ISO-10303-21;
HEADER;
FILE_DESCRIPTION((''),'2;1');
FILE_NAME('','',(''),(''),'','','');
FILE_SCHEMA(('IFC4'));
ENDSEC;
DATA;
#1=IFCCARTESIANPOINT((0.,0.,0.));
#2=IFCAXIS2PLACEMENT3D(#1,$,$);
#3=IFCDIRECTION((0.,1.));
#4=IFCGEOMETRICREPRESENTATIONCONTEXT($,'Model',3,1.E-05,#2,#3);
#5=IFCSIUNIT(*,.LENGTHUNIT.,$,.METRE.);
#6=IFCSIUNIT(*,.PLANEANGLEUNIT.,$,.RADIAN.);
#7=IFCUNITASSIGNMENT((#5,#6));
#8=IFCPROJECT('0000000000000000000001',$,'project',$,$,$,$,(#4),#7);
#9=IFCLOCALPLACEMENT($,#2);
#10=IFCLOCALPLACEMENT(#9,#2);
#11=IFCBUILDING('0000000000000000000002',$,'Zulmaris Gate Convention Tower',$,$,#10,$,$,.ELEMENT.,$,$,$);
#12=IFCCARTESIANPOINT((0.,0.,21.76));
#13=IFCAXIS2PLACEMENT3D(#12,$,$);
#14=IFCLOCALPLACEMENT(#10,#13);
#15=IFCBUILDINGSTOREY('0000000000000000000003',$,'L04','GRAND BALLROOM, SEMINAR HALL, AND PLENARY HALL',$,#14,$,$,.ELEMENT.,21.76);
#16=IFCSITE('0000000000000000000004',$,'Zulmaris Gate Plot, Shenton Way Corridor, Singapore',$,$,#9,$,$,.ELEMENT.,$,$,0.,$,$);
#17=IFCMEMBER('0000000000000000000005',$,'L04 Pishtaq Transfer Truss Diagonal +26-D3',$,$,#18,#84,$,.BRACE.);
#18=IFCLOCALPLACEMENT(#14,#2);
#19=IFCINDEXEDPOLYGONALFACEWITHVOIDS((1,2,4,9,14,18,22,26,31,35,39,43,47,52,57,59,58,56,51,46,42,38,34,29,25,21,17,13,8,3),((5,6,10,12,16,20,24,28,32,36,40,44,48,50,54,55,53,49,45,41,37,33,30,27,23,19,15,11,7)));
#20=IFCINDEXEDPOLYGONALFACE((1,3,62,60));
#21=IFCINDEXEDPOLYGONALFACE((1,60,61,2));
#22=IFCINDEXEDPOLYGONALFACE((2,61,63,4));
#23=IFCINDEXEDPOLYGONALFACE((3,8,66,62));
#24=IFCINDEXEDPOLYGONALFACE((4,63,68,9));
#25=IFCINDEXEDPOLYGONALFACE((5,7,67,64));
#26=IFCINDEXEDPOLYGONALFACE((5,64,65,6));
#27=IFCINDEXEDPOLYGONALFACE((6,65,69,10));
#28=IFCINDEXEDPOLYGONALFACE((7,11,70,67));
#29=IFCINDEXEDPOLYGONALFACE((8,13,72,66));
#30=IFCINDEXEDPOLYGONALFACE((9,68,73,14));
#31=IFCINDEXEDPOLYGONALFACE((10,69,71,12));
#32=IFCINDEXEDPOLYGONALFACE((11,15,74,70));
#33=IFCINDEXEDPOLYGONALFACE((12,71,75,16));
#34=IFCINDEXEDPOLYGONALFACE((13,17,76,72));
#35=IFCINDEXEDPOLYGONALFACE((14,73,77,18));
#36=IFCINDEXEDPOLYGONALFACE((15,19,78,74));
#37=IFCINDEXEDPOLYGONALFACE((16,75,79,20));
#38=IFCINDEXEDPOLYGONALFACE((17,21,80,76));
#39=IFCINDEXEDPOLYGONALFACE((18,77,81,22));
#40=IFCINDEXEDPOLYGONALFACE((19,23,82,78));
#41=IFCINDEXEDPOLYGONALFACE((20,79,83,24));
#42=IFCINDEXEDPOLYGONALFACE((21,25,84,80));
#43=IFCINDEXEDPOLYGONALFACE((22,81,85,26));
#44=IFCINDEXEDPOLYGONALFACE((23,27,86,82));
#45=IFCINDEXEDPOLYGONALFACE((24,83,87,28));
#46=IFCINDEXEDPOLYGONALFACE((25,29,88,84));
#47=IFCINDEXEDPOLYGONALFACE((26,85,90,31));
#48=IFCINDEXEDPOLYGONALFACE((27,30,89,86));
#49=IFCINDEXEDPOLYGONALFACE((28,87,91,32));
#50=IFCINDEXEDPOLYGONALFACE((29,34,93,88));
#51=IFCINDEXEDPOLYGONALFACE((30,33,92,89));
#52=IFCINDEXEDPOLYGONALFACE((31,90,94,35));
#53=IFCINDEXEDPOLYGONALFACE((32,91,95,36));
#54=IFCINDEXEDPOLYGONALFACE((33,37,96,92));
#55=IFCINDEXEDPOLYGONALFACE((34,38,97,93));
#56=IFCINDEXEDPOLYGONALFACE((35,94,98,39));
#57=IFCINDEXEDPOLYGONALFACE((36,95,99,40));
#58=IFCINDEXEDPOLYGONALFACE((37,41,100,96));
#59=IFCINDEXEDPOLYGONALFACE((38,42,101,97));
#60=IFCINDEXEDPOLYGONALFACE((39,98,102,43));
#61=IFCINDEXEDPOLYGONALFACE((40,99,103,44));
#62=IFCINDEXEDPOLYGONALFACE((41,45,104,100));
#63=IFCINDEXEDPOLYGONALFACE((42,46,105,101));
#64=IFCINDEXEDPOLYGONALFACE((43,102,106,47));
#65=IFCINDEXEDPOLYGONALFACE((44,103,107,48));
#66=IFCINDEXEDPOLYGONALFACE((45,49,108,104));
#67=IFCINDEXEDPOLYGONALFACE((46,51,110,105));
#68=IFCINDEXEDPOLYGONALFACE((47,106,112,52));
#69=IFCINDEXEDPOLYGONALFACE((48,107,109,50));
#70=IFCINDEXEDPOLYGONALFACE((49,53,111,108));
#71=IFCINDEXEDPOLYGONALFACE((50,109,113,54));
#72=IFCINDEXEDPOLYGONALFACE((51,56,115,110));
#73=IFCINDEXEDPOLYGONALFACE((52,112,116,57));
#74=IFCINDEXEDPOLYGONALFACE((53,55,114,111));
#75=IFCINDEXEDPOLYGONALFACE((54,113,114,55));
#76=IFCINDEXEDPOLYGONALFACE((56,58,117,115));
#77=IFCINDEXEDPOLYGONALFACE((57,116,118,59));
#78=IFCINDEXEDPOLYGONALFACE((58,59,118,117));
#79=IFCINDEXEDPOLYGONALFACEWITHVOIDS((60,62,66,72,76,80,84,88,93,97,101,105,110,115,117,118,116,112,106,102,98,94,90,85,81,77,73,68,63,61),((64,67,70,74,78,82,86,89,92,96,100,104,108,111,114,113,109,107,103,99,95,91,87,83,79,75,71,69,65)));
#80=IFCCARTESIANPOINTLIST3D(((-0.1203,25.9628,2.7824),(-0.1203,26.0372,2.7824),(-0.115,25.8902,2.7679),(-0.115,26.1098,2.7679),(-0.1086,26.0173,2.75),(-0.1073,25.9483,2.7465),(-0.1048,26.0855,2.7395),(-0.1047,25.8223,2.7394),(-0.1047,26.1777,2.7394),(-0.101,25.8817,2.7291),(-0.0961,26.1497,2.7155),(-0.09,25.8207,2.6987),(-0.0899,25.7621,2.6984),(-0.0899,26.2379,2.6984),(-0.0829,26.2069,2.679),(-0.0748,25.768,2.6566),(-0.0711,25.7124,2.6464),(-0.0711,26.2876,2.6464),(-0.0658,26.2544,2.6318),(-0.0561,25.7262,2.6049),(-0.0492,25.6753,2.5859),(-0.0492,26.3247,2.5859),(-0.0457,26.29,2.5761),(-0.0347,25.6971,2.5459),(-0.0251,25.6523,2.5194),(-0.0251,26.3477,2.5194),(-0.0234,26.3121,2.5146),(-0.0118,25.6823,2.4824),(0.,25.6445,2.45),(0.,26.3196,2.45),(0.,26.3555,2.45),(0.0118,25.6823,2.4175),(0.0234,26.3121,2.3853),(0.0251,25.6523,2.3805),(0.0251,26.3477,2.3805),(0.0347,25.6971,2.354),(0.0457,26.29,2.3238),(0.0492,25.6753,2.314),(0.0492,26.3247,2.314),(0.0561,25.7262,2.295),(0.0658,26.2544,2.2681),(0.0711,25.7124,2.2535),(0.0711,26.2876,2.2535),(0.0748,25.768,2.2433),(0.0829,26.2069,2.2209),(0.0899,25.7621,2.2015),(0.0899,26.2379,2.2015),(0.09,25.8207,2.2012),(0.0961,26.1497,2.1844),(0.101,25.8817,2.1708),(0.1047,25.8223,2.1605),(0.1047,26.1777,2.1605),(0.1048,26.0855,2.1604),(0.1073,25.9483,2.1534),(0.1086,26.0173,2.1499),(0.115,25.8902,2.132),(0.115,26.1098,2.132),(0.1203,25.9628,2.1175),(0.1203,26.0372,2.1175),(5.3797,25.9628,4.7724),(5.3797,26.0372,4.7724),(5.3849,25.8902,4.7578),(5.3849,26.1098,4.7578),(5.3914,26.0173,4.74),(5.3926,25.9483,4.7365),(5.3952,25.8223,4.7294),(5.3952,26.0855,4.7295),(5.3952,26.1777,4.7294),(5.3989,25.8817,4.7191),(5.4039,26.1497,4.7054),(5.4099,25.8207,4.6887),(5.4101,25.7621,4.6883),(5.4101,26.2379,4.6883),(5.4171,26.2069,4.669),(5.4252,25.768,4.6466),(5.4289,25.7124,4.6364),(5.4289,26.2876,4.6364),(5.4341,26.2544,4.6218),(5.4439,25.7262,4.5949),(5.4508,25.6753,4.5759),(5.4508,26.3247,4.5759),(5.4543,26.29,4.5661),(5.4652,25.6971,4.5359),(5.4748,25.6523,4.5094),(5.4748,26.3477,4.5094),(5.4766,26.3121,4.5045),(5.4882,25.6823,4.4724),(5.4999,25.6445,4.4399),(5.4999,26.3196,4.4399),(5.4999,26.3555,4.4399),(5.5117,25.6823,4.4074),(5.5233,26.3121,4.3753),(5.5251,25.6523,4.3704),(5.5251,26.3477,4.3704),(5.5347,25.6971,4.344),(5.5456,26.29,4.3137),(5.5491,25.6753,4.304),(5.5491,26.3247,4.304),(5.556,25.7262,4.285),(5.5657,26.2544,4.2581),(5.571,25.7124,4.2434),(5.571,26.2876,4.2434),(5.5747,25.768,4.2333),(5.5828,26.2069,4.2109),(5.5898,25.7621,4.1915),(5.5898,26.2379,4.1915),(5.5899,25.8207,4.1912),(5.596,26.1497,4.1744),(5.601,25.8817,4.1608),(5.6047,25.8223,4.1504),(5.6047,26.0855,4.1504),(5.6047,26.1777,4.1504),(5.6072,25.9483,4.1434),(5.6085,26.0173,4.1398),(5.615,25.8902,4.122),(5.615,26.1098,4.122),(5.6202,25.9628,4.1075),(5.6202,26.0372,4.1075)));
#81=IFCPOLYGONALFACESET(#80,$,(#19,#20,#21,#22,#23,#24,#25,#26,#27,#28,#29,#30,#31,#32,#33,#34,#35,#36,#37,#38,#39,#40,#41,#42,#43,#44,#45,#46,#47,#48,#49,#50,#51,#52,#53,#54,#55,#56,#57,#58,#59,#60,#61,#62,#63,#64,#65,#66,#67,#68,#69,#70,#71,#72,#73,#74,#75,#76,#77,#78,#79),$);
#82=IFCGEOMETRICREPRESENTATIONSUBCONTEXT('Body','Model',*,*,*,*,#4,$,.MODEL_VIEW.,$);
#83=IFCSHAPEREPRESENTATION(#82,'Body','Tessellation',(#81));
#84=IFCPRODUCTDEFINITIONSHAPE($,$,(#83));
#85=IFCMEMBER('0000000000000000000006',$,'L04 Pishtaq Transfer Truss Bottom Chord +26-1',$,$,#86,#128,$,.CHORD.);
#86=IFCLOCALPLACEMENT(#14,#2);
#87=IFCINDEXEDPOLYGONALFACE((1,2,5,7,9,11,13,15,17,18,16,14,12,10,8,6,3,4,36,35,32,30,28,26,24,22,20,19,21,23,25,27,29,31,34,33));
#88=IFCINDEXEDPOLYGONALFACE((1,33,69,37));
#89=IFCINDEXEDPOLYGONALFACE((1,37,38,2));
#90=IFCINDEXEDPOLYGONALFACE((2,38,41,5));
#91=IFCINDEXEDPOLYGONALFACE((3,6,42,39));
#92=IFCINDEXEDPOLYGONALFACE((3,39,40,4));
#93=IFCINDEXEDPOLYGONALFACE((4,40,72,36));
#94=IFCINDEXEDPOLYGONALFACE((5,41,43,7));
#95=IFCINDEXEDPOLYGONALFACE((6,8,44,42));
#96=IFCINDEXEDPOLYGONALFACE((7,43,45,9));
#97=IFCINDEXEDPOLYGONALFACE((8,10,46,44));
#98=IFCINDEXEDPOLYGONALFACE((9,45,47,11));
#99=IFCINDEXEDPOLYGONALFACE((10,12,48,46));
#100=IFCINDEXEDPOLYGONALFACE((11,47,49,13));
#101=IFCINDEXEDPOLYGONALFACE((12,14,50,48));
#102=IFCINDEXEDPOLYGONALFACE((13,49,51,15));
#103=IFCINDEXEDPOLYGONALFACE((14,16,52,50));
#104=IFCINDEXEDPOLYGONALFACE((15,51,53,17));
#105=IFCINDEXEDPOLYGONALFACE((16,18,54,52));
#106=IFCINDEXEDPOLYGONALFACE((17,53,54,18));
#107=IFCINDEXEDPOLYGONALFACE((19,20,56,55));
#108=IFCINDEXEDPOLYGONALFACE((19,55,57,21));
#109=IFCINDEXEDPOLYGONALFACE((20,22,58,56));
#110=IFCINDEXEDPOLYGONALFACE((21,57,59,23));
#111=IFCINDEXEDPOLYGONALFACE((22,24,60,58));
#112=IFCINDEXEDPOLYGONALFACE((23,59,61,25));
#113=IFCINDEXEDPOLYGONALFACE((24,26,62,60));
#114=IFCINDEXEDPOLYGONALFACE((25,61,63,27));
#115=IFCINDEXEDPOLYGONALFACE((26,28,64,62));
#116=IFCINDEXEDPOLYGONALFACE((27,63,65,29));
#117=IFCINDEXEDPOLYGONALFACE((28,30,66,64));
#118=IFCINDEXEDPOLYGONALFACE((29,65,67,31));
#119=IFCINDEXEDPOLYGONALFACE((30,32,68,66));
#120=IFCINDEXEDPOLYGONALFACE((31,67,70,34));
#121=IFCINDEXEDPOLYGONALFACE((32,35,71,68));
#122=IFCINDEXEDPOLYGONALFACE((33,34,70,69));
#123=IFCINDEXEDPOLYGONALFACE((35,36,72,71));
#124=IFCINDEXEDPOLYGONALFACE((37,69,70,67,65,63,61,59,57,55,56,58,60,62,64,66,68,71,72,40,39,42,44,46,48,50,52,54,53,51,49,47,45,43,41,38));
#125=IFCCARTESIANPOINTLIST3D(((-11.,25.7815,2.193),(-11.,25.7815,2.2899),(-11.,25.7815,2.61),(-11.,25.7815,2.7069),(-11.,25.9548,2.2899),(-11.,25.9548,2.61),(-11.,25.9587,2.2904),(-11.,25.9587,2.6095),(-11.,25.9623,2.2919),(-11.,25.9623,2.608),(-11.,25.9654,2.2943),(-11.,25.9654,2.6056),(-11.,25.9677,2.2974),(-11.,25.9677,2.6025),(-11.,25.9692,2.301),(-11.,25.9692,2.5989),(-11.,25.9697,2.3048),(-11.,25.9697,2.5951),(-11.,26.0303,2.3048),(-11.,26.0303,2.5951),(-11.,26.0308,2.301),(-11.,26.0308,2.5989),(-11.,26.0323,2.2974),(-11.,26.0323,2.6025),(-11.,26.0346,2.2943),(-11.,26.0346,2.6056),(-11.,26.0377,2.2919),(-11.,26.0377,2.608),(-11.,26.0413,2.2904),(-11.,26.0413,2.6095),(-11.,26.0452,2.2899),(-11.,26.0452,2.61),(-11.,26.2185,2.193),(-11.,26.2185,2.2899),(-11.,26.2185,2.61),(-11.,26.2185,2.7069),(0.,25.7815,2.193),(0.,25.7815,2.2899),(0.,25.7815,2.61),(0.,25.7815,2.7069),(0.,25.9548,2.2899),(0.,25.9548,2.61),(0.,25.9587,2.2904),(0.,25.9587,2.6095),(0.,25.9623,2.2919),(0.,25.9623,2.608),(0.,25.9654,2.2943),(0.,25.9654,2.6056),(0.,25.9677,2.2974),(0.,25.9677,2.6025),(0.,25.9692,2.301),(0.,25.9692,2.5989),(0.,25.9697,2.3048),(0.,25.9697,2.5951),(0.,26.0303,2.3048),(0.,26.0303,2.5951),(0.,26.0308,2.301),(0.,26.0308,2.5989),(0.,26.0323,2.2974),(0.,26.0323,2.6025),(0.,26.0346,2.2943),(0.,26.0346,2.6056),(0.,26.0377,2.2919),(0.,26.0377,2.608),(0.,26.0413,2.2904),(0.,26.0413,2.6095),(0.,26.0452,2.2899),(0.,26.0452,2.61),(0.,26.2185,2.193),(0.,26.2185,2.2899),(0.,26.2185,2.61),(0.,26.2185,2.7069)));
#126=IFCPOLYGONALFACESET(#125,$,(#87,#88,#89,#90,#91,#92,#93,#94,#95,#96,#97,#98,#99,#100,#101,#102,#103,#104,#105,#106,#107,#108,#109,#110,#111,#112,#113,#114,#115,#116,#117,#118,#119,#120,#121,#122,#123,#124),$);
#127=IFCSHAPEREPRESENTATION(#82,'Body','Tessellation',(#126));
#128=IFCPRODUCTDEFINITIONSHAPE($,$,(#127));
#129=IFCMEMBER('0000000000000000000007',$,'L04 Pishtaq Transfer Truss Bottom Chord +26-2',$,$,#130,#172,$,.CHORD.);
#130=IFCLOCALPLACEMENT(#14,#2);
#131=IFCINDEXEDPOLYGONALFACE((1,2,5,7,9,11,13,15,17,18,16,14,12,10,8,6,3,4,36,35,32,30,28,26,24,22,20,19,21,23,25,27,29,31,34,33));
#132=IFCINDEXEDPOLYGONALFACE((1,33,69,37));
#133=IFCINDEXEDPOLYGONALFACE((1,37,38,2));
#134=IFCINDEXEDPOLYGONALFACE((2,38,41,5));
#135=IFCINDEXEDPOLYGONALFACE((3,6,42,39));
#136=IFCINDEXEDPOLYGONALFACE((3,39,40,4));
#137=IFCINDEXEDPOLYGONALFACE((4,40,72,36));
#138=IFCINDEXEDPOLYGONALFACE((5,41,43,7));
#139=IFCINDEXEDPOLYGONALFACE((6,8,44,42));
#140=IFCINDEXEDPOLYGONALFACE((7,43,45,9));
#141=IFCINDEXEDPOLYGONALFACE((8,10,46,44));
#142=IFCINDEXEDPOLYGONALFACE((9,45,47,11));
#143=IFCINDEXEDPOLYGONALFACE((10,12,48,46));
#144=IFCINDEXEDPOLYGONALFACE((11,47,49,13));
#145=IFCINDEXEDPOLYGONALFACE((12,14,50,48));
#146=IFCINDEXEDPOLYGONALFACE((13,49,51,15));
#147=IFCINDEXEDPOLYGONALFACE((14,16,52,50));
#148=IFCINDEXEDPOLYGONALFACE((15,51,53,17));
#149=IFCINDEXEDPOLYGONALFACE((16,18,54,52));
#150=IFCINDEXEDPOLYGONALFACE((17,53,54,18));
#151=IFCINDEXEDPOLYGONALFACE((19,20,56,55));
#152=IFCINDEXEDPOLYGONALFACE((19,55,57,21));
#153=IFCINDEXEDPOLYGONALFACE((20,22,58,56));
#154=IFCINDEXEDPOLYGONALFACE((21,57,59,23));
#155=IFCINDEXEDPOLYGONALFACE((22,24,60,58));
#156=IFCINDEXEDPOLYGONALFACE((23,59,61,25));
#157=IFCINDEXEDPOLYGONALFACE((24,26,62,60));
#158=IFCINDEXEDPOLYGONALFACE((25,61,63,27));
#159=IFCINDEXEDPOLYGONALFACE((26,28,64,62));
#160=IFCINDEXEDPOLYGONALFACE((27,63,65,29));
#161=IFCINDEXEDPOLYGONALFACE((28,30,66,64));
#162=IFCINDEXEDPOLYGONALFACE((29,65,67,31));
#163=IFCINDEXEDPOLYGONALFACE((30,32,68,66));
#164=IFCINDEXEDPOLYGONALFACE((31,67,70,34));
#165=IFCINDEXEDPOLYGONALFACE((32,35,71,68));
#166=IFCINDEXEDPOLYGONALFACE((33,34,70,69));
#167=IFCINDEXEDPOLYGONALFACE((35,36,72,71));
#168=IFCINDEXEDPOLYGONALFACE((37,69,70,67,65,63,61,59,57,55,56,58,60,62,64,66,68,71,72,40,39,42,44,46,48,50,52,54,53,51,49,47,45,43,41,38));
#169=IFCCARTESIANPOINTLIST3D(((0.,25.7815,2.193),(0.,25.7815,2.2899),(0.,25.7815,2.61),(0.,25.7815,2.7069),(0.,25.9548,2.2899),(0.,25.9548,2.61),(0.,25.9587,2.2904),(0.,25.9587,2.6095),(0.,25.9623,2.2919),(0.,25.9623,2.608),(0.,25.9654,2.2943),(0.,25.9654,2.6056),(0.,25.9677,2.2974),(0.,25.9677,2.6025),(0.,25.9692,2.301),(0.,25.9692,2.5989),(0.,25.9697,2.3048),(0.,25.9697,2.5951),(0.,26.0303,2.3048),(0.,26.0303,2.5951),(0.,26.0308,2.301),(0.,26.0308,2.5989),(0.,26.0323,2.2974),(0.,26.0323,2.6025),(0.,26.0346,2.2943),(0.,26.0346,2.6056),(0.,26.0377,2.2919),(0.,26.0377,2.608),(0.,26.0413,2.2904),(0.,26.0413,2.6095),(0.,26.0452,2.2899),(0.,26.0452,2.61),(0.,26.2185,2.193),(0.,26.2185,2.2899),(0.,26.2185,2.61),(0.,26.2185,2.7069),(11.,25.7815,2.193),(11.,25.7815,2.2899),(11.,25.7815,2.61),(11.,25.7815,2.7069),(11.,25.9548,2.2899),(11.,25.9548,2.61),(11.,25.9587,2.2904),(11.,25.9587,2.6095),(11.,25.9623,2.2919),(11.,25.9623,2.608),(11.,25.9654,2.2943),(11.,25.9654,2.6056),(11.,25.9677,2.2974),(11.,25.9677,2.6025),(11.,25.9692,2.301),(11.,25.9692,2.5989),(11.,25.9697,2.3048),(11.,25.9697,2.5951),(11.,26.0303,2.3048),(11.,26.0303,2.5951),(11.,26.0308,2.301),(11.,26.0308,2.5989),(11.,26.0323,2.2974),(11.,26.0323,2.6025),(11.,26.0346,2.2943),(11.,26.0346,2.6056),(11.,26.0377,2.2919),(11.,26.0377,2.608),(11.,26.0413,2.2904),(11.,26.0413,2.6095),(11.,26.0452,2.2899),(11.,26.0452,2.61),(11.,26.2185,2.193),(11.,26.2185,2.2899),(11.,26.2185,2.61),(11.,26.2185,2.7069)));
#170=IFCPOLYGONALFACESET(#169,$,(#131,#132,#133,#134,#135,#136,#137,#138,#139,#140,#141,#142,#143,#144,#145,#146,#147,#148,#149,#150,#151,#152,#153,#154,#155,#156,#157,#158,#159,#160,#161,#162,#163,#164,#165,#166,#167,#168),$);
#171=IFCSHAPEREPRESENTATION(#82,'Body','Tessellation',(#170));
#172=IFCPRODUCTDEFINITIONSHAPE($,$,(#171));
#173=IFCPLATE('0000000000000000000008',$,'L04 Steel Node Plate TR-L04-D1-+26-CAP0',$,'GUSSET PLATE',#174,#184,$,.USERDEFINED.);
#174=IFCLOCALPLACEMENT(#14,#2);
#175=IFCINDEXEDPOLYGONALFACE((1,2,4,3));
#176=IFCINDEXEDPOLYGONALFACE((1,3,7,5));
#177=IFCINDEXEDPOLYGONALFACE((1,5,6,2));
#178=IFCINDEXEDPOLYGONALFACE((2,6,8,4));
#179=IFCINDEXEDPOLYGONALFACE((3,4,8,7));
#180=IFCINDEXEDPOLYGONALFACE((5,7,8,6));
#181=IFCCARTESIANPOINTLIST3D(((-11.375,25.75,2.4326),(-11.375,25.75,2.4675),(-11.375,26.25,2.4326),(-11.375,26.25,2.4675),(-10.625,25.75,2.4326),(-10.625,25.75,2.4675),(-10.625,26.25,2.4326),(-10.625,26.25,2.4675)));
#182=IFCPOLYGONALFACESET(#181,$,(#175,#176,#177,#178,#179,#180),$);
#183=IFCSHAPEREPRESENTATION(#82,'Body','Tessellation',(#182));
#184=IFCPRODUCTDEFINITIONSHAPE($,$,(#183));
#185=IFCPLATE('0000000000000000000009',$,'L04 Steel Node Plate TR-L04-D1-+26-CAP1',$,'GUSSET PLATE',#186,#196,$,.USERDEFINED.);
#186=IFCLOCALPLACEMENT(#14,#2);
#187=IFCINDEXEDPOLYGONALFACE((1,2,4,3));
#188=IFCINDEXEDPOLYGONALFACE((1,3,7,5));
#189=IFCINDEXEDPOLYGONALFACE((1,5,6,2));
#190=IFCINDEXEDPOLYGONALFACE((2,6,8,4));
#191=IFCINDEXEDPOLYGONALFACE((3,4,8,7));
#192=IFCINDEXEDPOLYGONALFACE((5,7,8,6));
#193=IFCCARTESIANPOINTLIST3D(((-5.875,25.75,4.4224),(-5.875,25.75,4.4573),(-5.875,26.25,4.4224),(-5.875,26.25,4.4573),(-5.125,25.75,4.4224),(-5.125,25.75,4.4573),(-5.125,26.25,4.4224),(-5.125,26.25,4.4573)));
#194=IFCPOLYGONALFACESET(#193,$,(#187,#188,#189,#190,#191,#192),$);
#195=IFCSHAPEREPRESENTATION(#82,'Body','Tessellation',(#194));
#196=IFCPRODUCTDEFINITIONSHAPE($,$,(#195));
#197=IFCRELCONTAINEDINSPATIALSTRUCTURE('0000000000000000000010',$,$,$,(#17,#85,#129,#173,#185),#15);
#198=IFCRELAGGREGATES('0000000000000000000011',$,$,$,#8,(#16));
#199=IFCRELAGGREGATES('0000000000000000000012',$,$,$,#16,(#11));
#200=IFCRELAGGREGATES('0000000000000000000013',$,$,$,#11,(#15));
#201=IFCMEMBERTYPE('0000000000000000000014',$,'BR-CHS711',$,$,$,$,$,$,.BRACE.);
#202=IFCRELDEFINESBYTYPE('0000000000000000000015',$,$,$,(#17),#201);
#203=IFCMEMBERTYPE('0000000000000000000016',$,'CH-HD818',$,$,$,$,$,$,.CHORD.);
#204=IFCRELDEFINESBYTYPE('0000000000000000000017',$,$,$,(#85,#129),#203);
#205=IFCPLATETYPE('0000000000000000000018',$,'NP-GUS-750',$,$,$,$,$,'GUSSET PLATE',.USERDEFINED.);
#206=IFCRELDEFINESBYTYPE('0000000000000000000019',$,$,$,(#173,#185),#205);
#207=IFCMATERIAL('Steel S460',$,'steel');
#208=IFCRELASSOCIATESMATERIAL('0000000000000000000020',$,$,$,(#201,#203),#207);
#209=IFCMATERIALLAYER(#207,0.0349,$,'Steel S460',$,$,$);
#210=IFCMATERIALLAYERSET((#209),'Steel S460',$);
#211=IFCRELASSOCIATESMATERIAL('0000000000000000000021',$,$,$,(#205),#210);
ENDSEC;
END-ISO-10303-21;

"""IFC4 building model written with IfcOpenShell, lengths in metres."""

from ifc_helpers import new_model, si_unit, direction, frame, origin, origin_2d, place, context, subcontext, project, spatial, rectangle, hollow_circle, i_section, extrude, material, layer, layer_set, material_profile, profile_set, type_object, element, save


model = new_model("IFC4")

# Units and contexts
model_context = context("Model", 3, precision=1e-05, world=origin(), true_north=direction((0.0, 1.0)))
body_context = subcontext(model_context, "Body", "Model", "MODEL_VIEW")
ifc_project = project(units=[si_unit("LENGTHUNIT", "METRE"), si_unit("PLANEANGLEUNIT", "RADIAN")], contexts=[model_context])

# Site, building, storey
site_placement = place(None, origin())
site = spatial("IfcSite", under=ifc_project, at=site_placement, Name="Zulmaris Gate Plot, Shenton Way Corridor, Singapore", CompositionType="ELEMENT", RefElevation=0.0)
building_placement = place(site_placement, origin())
building = spatial("IfcBuilding", under=site, at=building_placement, Name="Zulmaris Gate Convention Tower", CompositionType="ELEMENT")
storey_placement = place(building_placement, frame((0.0, 0.0, 21.76)))
storey = spatial("IfcBuildingStorey", under=building, at=storey_placement, Name="L04", Description="GRAND BALLROOM, SEMINAR HALL, AND PLENARY HALL", CompositionType="ELEMENT", Elevation=21.76)

# Members
ifc_material_1 = material(Name="Steel S460", Category="steel")
ifc_material_profile_1 = material_profile(ifc_material_1, hollow_circle(Radius=0.3555, WallThickness=0.0359, at=origin_2d()), Name="CHS 711x36")
ifc_profile_set_1 = profile_set([ifc_material_profile_1], Name="Steel S460")
member_type_1 = type_object("IfcMemberType", Name="BR-CHS711", PredefinedType="BRACE", material=ifc_profile_set_1)
for number, where, z_axis, x_axis, name in (
    (1, (0.0, 26.0, 2.45), (0.940342, 0.0, 0.340231), (0.0, 1.0, 0.0), "L04 Pishtaq Transfer Truss Diagonal +26-D3"),
):
    element("IfcMember", number, at=place(storey_placement, frame(where, z_axis=z_axis, x_axis=x_axis)), inside=storey, type_object=member_type_1, Name=name, PredefinedType="BRACE", context=body_context, shape_type="SweptSolid", body=[
        extrude(hollow_circle(Radius=0.3555, WallThickness=0.0359, at=origin_2d()), origin(), (0.0, 0.0, 1.0), 5.8489),
    ])
ifc_material_profile_2 = material_profile(ifc_material_1, i_section(OverallWidth=0.437, OverallDepth=0.5139, WebThickness=0.0605, FlangeThickness=0.0969, FilletRadius=0.0149, at=origin_2d()), Name="HD 400x818")
ifc_profile_set_2 = profile_set([ifc_material_profile_2], Name="Steel S460")
member_type_2 = type_object("IfcMemberType", Name="CH-HD818", PredefinedType="CHORD", material=ifc_profile_set_2)
for number, where, z_axis, x_axis, name in (
    (2, (-11.0, 26.0, 2.45), (1.0, 0.0, 0.0), (0.0, 1.0, 0.0), "L04 Pishtaq Transfer Truss Bottom Chord +26-1"),
    (3, (0.0, 26.0, 2.45), (1.0, 0.0, 0.0), (0.0, 1.0, 0.0), "L04 Pishtaq Transfer Truss Bottom Chord +26-2"),
):
    element("IfcMember", number, at=place(storey_placement, frame(where, z_axis=z_axis, x_axis=x_axis)), inside=storey, type_object=member_type_2, Name=name, PredefinedType="CHORD", context=body_context, shape_type="SweptSolid", body=[
        extrude(i_section(OverallWidth=0.437, OverallDepth=0.5139, WebThickness=0.0605, FlangeThickness=0.0969, FilletRadius=0.0149, at=origin_2d()), origin(), (0.0, 0.0, 1.0), 11.0),
    ])

# Plates
ifc_layer_1 = layer(ifc_material_1, 0.0349, Name="Steel S460")
ifc_layer_set_1 = layer_set([ifc_layer_1], Name="Steel S460")
plate_type = type_object("IfcPlateType", Name="NP-GUS-750", ElementType="GUSSET PLATE", PredefinedType="USERDEFINED", material=ifc_layer_set_1)
for number, where, z_axis, x_axis, name in (
    (4, (-11.0, 26.0, 2.4326), (0.0, 0.0, 1.0), (1.0, 0.0, 0.0), "L04 Steel Node Plate TR-L04-D1-+26-CAP0"),
    (5, (-5.5, 26.0, 4.4224), (0.0, 0.0, 1.0), (1.0, 0.0, 0.0), "L04 Steel Node Plate TR-L04-D1-+26-CAP1"),
):
    element("IfcPlate", number, at=place(storey_placement, frame(where, z_axis=z_axis, x_axis=x_axis)), inside=storey, type_object=plate_type, Name=name, ObjectType="GUSSET PLATE", PredefinedType="USERDEFINED", context=body_context, shape_type="SweptSolid", body=[
        extrude(rectangle(XDim=0.75, YDim=0.5, at=origin_2d()), origin(), (0.0, 0.0, 1.0), 0.0349),
    ])

save(model, "model.ifc")
